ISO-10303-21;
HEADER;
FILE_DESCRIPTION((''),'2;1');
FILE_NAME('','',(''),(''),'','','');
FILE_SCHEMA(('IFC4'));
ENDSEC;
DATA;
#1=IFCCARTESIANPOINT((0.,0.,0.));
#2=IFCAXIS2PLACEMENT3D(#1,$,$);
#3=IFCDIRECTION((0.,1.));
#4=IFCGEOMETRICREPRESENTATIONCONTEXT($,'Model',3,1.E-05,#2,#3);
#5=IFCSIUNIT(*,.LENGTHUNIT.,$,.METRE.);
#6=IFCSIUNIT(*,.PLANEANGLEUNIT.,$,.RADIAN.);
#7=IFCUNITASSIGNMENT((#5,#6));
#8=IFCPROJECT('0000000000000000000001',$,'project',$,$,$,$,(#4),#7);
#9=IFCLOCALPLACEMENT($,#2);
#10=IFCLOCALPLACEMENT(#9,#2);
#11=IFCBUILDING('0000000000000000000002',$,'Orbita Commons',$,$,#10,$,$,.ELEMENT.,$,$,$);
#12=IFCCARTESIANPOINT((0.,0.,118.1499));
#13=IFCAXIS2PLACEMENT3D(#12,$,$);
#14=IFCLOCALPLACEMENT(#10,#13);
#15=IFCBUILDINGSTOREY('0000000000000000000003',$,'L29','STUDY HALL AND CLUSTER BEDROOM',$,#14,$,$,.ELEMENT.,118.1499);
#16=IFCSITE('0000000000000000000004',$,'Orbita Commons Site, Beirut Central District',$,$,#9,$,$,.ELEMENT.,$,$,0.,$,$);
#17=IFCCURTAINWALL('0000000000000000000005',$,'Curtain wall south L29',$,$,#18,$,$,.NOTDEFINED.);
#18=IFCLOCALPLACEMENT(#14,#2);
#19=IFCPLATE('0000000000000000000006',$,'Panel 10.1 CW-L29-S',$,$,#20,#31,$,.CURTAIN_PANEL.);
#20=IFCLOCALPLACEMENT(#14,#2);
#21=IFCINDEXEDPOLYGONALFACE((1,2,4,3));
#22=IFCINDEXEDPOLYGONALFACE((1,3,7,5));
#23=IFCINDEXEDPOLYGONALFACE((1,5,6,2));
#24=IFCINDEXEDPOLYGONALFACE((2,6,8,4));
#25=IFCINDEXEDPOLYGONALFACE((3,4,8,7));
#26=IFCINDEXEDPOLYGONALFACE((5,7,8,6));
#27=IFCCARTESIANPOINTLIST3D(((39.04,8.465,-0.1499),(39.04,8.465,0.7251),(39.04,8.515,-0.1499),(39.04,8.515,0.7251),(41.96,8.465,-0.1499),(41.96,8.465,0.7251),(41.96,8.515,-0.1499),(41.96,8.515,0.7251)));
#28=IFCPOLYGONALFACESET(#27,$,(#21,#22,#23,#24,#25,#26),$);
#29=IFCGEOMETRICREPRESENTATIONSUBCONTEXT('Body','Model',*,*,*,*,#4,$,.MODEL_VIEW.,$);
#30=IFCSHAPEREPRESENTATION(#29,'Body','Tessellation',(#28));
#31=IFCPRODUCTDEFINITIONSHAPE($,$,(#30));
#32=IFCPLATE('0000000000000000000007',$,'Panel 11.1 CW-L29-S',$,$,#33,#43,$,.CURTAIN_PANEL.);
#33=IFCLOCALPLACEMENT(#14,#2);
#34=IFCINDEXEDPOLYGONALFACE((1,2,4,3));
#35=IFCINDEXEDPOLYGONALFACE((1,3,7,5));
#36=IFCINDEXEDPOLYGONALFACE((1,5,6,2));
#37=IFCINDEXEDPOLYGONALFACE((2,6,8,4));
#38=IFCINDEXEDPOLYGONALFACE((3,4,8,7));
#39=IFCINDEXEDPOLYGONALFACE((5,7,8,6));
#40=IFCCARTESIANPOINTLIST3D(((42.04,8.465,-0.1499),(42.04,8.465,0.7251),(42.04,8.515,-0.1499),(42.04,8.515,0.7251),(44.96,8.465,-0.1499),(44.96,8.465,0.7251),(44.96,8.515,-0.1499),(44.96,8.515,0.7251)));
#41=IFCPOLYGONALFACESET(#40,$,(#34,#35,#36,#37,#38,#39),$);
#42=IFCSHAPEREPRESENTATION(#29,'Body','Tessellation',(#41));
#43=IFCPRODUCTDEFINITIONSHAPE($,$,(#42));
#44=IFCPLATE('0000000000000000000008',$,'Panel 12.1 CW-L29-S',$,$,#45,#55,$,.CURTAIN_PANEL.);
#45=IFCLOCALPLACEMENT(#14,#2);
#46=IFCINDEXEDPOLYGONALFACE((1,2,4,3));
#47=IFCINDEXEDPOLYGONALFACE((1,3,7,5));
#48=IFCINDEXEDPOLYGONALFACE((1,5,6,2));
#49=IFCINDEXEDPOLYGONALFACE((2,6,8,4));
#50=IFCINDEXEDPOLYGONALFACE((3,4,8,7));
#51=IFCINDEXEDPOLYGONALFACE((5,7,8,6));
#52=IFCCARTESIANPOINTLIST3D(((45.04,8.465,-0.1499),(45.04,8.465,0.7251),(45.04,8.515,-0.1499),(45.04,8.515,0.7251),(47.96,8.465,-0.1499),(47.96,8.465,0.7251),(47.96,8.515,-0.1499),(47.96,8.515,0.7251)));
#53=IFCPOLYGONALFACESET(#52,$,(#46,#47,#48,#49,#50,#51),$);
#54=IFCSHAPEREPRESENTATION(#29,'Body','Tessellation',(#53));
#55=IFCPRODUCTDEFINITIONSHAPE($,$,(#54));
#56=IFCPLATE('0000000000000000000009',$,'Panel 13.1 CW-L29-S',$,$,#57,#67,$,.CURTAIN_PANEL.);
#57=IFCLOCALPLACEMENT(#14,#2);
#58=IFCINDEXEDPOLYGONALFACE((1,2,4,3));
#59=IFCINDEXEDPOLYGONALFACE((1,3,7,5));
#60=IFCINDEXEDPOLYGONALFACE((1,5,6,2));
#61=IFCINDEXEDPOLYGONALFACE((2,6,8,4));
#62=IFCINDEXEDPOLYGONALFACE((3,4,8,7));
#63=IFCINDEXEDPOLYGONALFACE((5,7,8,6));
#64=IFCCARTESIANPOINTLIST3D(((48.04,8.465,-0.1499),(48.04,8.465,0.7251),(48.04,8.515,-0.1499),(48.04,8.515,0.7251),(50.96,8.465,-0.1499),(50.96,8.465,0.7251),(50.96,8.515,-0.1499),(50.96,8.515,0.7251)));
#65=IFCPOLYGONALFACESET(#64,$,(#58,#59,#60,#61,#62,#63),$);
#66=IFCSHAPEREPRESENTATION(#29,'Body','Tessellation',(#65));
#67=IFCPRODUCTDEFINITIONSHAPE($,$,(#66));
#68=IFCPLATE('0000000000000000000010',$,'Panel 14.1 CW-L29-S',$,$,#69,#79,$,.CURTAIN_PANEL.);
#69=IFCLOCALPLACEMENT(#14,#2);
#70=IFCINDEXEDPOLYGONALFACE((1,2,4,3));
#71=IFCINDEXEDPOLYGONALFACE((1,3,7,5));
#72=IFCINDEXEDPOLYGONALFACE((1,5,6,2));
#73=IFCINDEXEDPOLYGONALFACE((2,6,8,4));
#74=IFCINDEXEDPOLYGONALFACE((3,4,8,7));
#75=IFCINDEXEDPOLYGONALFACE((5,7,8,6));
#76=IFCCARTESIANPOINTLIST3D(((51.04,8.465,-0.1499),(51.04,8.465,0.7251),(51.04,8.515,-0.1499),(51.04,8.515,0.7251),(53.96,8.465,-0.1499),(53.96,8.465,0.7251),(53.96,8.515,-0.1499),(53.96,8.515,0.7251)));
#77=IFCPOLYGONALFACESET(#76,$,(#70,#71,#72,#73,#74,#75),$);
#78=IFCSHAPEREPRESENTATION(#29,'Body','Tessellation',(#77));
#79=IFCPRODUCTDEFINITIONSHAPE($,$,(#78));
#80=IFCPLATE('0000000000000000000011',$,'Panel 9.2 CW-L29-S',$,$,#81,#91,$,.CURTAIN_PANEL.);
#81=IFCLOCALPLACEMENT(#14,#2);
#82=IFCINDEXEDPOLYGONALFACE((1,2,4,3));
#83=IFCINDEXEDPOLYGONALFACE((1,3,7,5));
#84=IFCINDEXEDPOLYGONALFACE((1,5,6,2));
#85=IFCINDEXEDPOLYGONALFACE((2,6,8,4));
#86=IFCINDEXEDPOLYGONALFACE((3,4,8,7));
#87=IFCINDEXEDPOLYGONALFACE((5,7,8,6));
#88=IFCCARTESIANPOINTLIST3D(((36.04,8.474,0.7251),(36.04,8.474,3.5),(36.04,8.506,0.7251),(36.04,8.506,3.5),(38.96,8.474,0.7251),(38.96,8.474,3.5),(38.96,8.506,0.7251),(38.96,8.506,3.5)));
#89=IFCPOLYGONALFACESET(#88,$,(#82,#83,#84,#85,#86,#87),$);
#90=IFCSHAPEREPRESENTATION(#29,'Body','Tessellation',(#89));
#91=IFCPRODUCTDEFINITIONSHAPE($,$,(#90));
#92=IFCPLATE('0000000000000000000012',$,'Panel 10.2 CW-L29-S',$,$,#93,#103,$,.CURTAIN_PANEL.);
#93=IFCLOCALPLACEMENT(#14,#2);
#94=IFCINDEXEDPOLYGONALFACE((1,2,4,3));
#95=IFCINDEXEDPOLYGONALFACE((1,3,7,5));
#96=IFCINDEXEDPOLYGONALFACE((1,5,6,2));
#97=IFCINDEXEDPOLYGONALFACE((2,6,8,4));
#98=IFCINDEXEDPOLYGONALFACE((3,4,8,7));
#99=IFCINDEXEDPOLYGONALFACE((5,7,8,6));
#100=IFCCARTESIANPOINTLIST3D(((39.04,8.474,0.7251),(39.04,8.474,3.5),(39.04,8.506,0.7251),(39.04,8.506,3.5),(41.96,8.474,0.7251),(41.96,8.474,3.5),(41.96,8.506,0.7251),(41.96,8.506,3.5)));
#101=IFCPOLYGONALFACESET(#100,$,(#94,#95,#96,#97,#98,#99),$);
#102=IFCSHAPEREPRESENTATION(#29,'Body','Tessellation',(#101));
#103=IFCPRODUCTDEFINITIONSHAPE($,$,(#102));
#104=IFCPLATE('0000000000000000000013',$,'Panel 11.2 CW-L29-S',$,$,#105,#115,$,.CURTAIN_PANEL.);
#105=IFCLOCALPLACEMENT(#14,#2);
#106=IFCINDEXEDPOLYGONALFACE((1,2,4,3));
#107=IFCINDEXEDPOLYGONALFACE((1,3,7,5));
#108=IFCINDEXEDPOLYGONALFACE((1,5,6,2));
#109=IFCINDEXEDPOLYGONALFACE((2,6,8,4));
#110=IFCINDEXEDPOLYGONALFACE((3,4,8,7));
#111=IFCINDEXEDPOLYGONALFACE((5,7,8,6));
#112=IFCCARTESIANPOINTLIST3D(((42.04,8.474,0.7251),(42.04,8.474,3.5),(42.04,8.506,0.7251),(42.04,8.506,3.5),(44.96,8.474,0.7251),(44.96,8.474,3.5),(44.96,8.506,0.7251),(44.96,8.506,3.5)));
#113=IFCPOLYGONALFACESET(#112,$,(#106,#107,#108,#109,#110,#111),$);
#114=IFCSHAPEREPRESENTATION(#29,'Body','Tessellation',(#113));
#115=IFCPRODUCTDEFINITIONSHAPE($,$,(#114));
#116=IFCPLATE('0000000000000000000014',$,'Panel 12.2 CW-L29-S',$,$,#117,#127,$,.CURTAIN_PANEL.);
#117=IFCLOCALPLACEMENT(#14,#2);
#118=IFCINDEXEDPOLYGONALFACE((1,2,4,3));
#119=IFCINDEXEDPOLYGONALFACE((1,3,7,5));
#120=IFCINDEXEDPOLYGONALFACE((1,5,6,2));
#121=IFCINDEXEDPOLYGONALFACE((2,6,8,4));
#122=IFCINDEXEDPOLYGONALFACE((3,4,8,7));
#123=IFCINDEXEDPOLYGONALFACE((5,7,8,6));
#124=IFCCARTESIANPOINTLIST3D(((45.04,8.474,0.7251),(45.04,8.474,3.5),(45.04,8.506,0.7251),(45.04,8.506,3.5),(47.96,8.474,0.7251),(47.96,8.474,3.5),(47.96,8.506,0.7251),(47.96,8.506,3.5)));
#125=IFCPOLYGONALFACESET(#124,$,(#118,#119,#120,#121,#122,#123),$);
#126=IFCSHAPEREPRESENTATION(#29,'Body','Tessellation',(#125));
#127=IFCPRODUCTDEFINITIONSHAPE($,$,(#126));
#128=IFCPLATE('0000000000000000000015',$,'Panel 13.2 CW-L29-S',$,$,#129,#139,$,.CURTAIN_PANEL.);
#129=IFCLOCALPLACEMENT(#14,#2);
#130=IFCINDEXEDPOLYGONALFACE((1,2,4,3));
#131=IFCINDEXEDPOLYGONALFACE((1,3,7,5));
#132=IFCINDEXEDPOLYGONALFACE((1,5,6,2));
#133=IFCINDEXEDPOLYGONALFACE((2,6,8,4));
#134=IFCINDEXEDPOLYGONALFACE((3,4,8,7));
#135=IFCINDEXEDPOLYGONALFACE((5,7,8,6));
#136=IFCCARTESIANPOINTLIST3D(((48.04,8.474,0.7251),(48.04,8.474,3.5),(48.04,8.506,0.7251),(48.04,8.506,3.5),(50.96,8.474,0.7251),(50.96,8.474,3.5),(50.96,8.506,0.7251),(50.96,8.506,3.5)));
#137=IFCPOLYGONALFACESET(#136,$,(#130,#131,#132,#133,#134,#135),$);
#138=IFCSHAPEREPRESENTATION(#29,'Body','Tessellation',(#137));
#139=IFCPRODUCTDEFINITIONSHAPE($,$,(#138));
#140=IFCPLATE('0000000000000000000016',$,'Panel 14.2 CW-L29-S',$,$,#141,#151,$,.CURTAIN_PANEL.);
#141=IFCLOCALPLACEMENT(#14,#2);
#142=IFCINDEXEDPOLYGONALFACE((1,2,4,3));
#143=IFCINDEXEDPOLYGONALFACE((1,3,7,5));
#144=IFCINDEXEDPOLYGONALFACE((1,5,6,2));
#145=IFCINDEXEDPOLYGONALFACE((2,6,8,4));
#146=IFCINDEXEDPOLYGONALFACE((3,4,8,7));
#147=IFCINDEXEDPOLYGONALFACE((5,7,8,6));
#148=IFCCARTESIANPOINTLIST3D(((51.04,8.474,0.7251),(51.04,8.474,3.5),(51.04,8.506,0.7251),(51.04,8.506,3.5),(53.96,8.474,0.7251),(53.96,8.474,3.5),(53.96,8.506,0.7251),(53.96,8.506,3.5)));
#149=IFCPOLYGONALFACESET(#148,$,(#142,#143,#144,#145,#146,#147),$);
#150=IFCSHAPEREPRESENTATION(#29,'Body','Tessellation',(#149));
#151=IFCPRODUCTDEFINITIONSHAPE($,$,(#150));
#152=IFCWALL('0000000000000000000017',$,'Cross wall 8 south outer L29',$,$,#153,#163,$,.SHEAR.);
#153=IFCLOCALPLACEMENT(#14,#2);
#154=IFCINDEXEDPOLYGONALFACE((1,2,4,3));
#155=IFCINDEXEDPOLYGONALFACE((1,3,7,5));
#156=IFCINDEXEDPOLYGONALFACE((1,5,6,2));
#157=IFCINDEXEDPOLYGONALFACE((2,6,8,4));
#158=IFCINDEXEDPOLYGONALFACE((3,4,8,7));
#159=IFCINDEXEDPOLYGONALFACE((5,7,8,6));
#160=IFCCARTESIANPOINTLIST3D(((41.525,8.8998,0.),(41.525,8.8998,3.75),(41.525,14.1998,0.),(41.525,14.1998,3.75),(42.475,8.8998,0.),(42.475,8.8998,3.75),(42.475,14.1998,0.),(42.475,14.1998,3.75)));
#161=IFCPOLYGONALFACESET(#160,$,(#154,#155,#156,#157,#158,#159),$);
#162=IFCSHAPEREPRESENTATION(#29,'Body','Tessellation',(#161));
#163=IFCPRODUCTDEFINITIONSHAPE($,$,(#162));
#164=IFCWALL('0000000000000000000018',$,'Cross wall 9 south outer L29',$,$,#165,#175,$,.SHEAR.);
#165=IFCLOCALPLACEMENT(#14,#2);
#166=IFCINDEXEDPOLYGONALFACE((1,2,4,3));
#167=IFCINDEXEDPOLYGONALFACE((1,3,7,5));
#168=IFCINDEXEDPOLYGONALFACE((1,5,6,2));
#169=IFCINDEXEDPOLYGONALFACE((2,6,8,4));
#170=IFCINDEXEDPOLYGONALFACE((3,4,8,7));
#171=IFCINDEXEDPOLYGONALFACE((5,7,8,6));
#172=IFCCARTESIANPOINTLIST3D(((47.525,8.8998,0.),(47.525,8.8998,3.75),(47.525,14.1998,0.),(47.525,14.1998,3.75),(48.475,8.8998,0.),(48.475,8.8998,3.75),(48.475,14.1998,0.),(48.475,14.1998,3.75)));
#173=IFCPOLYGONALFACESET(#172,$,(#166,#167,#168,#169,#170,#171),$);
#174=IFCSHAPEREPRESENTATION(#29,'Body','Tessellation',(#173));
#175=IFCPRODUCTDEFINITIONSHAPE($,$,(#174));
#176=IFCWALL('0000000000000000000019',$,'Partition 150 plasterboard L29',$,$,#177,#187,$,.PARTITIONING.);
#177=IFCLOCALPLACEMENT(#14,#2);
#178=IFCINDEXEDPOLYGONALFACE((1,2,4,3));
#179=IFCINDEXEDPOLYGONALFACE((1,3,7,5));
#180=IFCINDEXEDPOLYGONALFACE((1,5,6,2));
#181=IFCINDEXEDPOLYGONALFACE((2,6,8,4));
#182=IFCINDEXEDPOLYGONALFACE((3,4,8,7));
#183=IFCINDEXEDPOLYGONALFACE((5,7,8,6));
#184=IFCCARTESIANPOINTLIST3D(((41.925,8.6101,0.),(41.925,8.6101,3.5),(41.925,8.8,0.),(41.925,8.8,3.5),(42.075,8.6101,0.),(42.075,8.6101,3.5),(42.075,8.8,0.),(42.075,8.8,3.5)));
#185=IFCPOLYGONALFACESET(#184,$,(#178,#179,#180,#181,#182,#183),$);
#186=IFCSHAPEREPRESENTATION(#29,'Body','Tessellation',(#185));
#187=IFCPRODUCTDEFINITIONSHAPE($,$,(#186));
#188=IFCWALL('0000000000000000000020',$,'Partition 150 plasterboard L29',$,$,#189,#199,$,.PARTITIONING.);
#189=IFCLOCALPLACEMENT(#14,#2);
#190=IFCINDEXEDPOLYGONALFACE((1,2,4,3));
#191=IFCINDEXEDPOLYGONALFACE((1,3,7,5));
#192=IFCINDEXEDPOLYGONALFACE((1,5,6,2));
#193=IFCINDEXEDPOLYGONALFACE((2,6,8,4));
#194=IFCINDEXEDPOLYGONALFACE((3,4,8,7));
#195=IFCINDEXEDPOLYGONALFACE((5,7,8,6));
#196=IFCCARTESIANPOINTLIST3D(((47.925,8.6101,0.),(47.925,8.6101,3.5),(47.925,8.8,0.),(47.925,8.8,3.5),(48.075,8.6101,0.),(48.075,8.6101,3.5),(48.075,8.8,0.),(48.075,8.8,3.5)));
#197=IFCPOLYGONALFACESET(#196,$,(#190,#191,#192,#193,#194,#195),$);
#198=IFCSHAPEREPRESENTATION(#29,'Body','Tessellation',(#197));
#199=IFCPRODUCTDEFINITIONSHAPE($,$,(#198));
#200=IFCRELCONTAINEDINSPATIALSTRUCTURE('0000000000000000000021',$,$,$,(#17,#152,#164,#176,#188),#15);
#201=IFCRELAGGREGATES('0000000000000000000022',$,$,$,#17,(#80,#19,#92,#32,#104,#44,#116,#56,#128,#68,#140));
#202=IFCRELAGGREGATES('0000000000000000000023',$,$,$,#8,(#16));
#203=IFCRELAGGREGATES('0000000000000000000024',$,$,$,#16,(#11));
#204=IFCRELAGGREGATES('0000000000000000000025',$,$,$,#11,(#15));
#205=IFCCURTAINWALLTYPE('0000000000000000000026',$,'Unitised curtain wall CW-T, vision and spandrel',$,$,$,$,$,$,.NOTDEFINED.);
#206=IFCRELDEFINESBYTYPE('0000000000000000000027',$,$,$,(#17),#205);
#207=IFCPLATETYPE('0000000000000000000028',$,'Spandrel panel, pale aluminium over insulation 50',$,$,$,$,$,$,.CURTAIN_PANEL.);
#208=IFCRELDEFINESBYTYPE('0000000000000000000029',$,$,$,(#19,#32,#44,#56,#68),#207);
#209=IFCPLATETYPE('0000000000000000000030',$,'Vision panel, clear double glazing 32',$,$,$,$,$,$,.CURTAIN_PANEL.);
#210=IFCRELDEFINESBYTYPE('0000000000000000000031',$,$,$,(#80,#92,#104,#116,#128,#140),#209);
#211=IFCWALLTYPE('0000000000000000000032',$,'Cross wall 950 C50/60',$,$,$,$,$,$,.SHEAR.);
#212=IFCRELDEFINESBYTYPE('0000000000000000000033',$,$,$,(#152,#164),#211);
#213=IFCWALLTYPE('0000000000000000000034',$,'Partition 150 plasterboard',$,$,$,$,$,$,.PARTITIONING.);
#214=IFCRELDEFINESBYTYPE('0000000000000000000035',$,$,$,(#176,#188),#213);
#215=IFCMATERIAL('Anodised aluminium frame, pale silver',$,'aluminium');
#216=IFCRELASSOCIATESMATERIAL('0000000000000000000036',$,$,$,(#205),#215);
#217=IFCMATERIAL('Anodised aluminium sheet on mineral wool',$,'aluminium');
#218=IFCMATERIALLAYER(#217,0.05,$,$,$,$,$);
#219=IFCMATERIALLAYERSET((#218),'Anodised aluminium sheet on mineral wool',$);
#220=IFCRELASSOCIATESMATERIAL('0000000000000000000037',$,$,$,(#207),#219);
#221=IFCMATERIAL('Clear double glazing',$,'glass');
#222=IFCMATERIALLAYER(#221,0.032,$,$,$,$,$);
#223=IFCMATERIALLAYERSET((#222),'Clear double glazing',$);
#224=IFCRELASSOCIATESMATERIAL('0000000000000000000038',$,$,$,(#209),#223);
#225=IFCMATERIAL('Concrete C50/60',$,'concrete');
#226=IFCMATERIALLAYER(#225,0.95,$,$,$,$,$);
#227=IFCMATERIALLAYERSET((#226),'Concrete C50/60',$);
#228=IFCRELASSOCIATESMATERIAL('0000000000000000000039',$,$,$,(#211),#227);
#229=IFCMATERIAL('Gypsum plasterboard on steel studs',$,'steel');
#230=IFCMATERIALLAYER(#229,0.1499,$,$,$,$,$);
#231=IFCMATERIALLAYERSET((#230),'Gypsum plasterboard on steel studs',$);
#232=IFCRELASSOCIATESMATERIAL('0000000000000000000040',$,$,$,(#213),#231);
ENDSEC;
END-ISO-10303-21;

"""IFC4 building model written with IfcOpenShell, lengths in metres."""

from ifc_helpers import new_model, si_unit, direction, frame, frame_2d, origin, origin_2d, place, context, subcontext, project, spatial, rectangle, extrude, material, layer, layer_set, type_object, element, aggregate, save


model = new_model("IFC4")

# Units and contexts
model_context = context("Model", 3, precision=1e-05, world=origin(), true_north=direction((0.0, 1.0)))
body_context = subcontext(model_context, "Body", "Model", "MODEL_VIEW")
ifc_project = project(units=[si_unit("LENGTHUNIT", "METRE"), si_unit("PLANEANGLEUNIT", "RADIAN")], contexts=[model_context])

# Site, building, storey
site_placement = place(None, origin())
site = spatial("IfcSite", under=ifc_project, at=site_placement, Name="Orbita Commons Site, Beirut Central District", CompositionType="ELEMENT", RefElevation=0.0)
building_placement = place(site_placement, origin())
building = spatial("IfcBuilding", under=site, at=building_placement, Name="Orbita Commons", CompositionType="ELEMENT")
storey_placement = place(building_placement, frame((0.0, 0.0, 118.1499)))
storey = spatial("IfcBuildingStorey", under=building, at=storey_placement, Name="L29", Description="STUDY HALL AND CLUSTER BEDROOM", CompositionType="ELEMENT", Elevation=118.1499)

# Curtain wall, plates
ifc_material_1 = material(Name="Anodised aluminium frame, pale silver", Category="aluminium")
curtain_wall_type = type_object("IfcCurtainWallType", Name="Unitised curtain wall CW-T, vision and spandrel", PredefinedType="NOTDEFINED", material=ifc_material_1)
curtain_wall_placement = place(storey_placement, origin())
curtain_wall = element("IfcCurtainWall", 1, at=curtain_wall_placement, inside=storey, type_object=curtain_wall_type, Name="Curtain wall south L29", PredefinedType="NOTDEFINED")
ifc_material_2 = material(Name="Anodised aluminium sheet on mineral wool", Category="aluminium")
ifc_layer_1 = layer(ifc_material_2, 0.05)
ifc_layer_set_1 = layer_set([ifc_layer_1], Name="Anodised aluminium sheet on mineral wool")
plate_type_1 = type_object("IfcPlateType", Name="Spandrel panel, pale aluminium over insulation 50", PredefinedType="CURTAIN_PANEL", material=ifc_layer_set_1)
plate_1_placement = place(storey_placement, frame((40.5, 8.49, -0.1499), z_axis=(0.0, 0.0, 1.0), x_axis=(1.0, 0.0, 0.0)))
plate_1 = element("IfcPlate", 2, at=plate_1_placement, type_object=plate_type_1, Name="Panel 10.1 CW-L29-S", PredefinedType="CURTAIN_PANEL", context=body_context, shape_type="SweptSolid", body=[
    extrude(rectangle(XDim=2.9199, YDim=0.05, at=origin_2d()), origin(), (0.0, 0.0, 1.0), 0.875),
])
plate_2_placement = place(storey_placement, frame((43.5, 8.49, -0.1499), z_axis=(0.0, 0.0, 1.0), x_axis=(1.0, 0.0, 0.0)))
plate_2 = element("IfcPlate", 3, at=plate_2_placement, type_object=plate_type_1, Name="Panel 11.1 CW-L29-S", PredefinedType="CURTAIN_PANEL", context=body_context, shape_type="SweptSolid", body=[
    extrude(rectangle(XDim=2.9199, YDim=0.05, at=origin_2d()), origin(), (0.0, 0.0, 1.0), 0.875),
])
plate_3_placement = place(storey_placement, frame((46.5, 8.49, -0.1499), z_axis=(0.0, 0.0, 1.0), x_axis=(1.0, 0.0, 0.0)))
plate_3 = element("IfcPlate", 4, at=plate_3_placement, type_object=plate_type_1, Name="Panel 12.1 CW-L29-S", PredefinedType="CURTAIN_PANEL", context=body_context, shape_type="SweptSolid", body=[
    extrude(rectangle(XDim=2.9199, YDim=0.05, at=origin_2d()), origin(), (0.0, 0.0, 1.0), 0.875),
])
plate_4_placement = place(storey_placement, frame((49.5, 8.49, -0.1499), z_axis=(0.0, 0.0, 1.0), x_axis=(1.0, 0.0, 0.0)))
plate_4 = element("IfcPlate", 5, at=plate_4_placement, type_object=plate_type_1, Name="Panel 13.1 CW-L29-S", PredefinedType="CURTAIN_PANEL", context=body_context, shape_type="SweptSolid", body=[
    extrude(rectangle(XDim=2.9199, YDim=0.05, at=origin_2d()), origin(), (0.0, 0.0, 1.0), 0.875),
])
plate_5_placement = place(storey_placement, frame((52.5, 8.49, -0.1499), z_axis=(0.0, 0.0, 1.0), x_axis=(1.0, 0.0, 0.0)))
plate_5 = element("IfcPlate", 6, at=plate_5_placement, type_object=plate_type_1, Name="Panel 14.1 CW-L29-S", PredefinedType="CURTAIN_PANEL", context=body_context, shape_type="SweptSolid", body=[
    extrude(rectangle(XDim=2.9199, YDim=0.05, at=origin_2d()), origin(), (0.0, 0.0, 1.0), 0.875),
])
ifc_material_3 = material(Name="Clear double glazing", Category="glass")
ifc_layer_2 = layer(ifc_material_3, 0.032)
ifc_layer_set_2 = layer_set([ifc_layer_2], Name="Clear double glazing")
plate_type_2 = type_object("IfcPlateType", Name="Vision panel, clear double glazing 32", PredefinedType="CURTAIN_PANEL", material=ifc_layer_set_2)
plate_6_placement = place(storey_placement, frame((37.5, 8.49, 0.7251), z_axis=(0.0, 0.0, 1.0), x_axis=(1.0, 0.0, 0.0)))
plate_6 = element("IfcPlate", 7, at=plate_6_placement, type_object=plate_type_2, Name="Panel 9.2 CW-L29-S", PredefinedType="CURTAIN_PANEL", context=body_context, shape_type="SweptSolid", body=[
    extrude(rectangle(XDim=2.9199, YDim=0.032, at=origin_2d()), origin(), (0.0, 0.0, 1.0), 2.7749),
])
plate_7_placement = place(storey_placement, frame((40.5, 8.49, 0.7251), z_axis=(0.0, 0.0, 1.0), x_axis=(1.0, 0.0, 0.0)))
plate_7 = element("IfcPlate", 8, at=plate_7_placement, type_object=plate_type_2, Name="Panel 10.2 CW-L29-S", PredefinedType="CURTAIN_PANEL", context=body_context, shape_type="SweptSolid", body=[
    extrude(rectangle(XDim=2.9199, YDim=0.032, at=origin_2d()), origin(), (0.0, 0.0, 1.0), 2.7749),
])
plate_8_placement = place(storey_placement, frame((43.5, 8.49, 0.7251), z_axis=(0.0, 0.0, 1.0), x_axis=(1.0, 0.0, 0.0)))
plate_8 = element("IfcPlate", 9, at=plate_8_placement, type_object=plate_type_2, Name="Panel 11.2 CW-L29-S", PredefinedType="CURTAIN_PANEL", context=body_context, shape_type="SweptSolid", body=[
    extrude(rectangle(XDim=2.9199, YDim=0.032, at=origin_2d()), origin(), (0.0, 0.0, 1.0), 2.7749),
])
plate_9_placement = place(storey_placement, frame((46.5, 8.49, 0.7251), z_axis=(0.0, 0.0, 1.0), x_axis=(1.0, 0.0, 0.0)))
plate_9 = element("IfcPlate", 10, at=plate_9_placement, type_object=plate_type_2, Name="Panel 12.2 CW-L29-S", PredefinedType="CURTAIN_PANEL", context=body_context, shape_type="SweptSolid", body=[
    extrude(rectangle(XDim=2.9199, YDim=0.032, at=origin_2d()), origin(), (0.0, 0.0, 1.0), 2.7749),
])
plate_10_placement = place(storey_placement, frame((49.5, 8.49, 0.7251), z_axis=(0.0, 0.0, 1.0), x_axis=(1.0, 0.0, 0.0)))
plate_10 = element("IfcPlate", 11, at=plate_10_placement, type_object=plate_type_2, Name="Panel 13.2 CW-L29-S", PredefinedType="CURTAIN_PANEL", context=body_context, shape_type="SweptSolid", body=[
    extrude(rectangle(XDim=2.9199, YDim=0.032, at=origin_2d()), origin(), (0.0, 0.0, 1.0), 2.7749),
])
plate_11_placement = place(storey_placement, frame((52.5, 8.49, 0.7251), z_axis=(0.0, 0.0, 1.0), x_axis=(1.0, 0.0, 0.0)))
plate_11 = element("IfcPlate", 12, at=plate_11_placement, type_object=plate_type_2, Name="Panel 14.2 CW-L29-S", PredefinedType="CURTAIN_PANEL", context=body_context, shape_type="SweptSolid", body=[
    extrude(rectangle(XDim=2.9199, YDim=0.032, at=origin_2d()), origin(), (0.0, 0.0, 1.0), 2.7749),
])
aggregate(curtain_wall, [plate_6, plate_1, plate_7, plate_2, plate_8, plate_3, plate_9, plate_4, plate_10, plate_5, plate_11])

# Walls
ifc_material_4 = material(Name="Concrete C50/60", Category="concrete")
ifc_layer_3 = layer(ifc_material_4, 0.95)
ifc_layer_set_3 = layer_set([ifc_layer_3], Name="Concrete C50/60")
wall_type_1 = type_object("IfcWallType", Name="Cross wall 950 C50/60", PredefinedType="SHEAR", material=ifc_layer_set_3)
for number, where, z_axis, x_axis, name in (
    (13, (42.0, 8.8999, 0.0), (0.0, 0.0, 1.0), (0.0, 1.0, 0.0), "Cross wall 8 south outer L29"),
    (14, (48.0, 8.8999, 0.0), (0.0, 0.0, 1.0), (0.0, 1.0, 0.0), "Cross wall 9 south outer L29"),
):
    element("IfcWall", number, at=place(storey_placement, frame(where, z_axis=z_axis, x_axis=x_axis)), inside=storey, type_object=wall_type_1, Name=name, PredefinedType="SHEAR", context=body_context, shape_type="SweptSolid", body=[
        extrude(rectangle(XDim=5.3, YDim=0.95, at=frame_2d((2.6499, 0.0))), origin(), (0.0, 0.0, 1.0), 3.75),
    ])
ifc_material_5 = material(Name="Gypsum plasterboard on steel studs", Category="steel")
ifc_layer_4 = layer(ifc_material_5, 0.1499)
ifc_layer_set_4 = layer_set([ifc_layer_4], Name="Gypsum plasterboard on steel studs")
wall_type_2 = type_object("IfcWallType", Name="Partition 150 plasterboard", PredefinedType="PARTITIONING", material=ifc_layer_set_4)
for number, where, z_axis, x_axis, name in (
    (15, (42.0, 8.8, 0.0), (0.0, 0.0, 1.0), (0.0, -1.0, 0.0), "Partition 150 plasterboard L29"),
    (16, (48.0, 8.8, 0.0), (0.0, 0.0, 1.0), (0.0, -1.0, 0.0), "Partition 150 plasterboard L29"),
):
    element("IfcWall", number, at=place(storey_placement, frame(where, z_axis=z_axis, x_axis=x_axis)), inside=storey, type_object=wall_type_2, Name=name, PredefinedType="PARTITIONING", context=body_context, shape_type="SweptSolid", body=[
        extrude(rectangle(XDim=0.1899, YDim=0.1499, at=frame_2d((0.095, 0.0))), origin(), (0.0, 0.0, 1.0), 3.5),
    ])

save(model, "model.ifc")
